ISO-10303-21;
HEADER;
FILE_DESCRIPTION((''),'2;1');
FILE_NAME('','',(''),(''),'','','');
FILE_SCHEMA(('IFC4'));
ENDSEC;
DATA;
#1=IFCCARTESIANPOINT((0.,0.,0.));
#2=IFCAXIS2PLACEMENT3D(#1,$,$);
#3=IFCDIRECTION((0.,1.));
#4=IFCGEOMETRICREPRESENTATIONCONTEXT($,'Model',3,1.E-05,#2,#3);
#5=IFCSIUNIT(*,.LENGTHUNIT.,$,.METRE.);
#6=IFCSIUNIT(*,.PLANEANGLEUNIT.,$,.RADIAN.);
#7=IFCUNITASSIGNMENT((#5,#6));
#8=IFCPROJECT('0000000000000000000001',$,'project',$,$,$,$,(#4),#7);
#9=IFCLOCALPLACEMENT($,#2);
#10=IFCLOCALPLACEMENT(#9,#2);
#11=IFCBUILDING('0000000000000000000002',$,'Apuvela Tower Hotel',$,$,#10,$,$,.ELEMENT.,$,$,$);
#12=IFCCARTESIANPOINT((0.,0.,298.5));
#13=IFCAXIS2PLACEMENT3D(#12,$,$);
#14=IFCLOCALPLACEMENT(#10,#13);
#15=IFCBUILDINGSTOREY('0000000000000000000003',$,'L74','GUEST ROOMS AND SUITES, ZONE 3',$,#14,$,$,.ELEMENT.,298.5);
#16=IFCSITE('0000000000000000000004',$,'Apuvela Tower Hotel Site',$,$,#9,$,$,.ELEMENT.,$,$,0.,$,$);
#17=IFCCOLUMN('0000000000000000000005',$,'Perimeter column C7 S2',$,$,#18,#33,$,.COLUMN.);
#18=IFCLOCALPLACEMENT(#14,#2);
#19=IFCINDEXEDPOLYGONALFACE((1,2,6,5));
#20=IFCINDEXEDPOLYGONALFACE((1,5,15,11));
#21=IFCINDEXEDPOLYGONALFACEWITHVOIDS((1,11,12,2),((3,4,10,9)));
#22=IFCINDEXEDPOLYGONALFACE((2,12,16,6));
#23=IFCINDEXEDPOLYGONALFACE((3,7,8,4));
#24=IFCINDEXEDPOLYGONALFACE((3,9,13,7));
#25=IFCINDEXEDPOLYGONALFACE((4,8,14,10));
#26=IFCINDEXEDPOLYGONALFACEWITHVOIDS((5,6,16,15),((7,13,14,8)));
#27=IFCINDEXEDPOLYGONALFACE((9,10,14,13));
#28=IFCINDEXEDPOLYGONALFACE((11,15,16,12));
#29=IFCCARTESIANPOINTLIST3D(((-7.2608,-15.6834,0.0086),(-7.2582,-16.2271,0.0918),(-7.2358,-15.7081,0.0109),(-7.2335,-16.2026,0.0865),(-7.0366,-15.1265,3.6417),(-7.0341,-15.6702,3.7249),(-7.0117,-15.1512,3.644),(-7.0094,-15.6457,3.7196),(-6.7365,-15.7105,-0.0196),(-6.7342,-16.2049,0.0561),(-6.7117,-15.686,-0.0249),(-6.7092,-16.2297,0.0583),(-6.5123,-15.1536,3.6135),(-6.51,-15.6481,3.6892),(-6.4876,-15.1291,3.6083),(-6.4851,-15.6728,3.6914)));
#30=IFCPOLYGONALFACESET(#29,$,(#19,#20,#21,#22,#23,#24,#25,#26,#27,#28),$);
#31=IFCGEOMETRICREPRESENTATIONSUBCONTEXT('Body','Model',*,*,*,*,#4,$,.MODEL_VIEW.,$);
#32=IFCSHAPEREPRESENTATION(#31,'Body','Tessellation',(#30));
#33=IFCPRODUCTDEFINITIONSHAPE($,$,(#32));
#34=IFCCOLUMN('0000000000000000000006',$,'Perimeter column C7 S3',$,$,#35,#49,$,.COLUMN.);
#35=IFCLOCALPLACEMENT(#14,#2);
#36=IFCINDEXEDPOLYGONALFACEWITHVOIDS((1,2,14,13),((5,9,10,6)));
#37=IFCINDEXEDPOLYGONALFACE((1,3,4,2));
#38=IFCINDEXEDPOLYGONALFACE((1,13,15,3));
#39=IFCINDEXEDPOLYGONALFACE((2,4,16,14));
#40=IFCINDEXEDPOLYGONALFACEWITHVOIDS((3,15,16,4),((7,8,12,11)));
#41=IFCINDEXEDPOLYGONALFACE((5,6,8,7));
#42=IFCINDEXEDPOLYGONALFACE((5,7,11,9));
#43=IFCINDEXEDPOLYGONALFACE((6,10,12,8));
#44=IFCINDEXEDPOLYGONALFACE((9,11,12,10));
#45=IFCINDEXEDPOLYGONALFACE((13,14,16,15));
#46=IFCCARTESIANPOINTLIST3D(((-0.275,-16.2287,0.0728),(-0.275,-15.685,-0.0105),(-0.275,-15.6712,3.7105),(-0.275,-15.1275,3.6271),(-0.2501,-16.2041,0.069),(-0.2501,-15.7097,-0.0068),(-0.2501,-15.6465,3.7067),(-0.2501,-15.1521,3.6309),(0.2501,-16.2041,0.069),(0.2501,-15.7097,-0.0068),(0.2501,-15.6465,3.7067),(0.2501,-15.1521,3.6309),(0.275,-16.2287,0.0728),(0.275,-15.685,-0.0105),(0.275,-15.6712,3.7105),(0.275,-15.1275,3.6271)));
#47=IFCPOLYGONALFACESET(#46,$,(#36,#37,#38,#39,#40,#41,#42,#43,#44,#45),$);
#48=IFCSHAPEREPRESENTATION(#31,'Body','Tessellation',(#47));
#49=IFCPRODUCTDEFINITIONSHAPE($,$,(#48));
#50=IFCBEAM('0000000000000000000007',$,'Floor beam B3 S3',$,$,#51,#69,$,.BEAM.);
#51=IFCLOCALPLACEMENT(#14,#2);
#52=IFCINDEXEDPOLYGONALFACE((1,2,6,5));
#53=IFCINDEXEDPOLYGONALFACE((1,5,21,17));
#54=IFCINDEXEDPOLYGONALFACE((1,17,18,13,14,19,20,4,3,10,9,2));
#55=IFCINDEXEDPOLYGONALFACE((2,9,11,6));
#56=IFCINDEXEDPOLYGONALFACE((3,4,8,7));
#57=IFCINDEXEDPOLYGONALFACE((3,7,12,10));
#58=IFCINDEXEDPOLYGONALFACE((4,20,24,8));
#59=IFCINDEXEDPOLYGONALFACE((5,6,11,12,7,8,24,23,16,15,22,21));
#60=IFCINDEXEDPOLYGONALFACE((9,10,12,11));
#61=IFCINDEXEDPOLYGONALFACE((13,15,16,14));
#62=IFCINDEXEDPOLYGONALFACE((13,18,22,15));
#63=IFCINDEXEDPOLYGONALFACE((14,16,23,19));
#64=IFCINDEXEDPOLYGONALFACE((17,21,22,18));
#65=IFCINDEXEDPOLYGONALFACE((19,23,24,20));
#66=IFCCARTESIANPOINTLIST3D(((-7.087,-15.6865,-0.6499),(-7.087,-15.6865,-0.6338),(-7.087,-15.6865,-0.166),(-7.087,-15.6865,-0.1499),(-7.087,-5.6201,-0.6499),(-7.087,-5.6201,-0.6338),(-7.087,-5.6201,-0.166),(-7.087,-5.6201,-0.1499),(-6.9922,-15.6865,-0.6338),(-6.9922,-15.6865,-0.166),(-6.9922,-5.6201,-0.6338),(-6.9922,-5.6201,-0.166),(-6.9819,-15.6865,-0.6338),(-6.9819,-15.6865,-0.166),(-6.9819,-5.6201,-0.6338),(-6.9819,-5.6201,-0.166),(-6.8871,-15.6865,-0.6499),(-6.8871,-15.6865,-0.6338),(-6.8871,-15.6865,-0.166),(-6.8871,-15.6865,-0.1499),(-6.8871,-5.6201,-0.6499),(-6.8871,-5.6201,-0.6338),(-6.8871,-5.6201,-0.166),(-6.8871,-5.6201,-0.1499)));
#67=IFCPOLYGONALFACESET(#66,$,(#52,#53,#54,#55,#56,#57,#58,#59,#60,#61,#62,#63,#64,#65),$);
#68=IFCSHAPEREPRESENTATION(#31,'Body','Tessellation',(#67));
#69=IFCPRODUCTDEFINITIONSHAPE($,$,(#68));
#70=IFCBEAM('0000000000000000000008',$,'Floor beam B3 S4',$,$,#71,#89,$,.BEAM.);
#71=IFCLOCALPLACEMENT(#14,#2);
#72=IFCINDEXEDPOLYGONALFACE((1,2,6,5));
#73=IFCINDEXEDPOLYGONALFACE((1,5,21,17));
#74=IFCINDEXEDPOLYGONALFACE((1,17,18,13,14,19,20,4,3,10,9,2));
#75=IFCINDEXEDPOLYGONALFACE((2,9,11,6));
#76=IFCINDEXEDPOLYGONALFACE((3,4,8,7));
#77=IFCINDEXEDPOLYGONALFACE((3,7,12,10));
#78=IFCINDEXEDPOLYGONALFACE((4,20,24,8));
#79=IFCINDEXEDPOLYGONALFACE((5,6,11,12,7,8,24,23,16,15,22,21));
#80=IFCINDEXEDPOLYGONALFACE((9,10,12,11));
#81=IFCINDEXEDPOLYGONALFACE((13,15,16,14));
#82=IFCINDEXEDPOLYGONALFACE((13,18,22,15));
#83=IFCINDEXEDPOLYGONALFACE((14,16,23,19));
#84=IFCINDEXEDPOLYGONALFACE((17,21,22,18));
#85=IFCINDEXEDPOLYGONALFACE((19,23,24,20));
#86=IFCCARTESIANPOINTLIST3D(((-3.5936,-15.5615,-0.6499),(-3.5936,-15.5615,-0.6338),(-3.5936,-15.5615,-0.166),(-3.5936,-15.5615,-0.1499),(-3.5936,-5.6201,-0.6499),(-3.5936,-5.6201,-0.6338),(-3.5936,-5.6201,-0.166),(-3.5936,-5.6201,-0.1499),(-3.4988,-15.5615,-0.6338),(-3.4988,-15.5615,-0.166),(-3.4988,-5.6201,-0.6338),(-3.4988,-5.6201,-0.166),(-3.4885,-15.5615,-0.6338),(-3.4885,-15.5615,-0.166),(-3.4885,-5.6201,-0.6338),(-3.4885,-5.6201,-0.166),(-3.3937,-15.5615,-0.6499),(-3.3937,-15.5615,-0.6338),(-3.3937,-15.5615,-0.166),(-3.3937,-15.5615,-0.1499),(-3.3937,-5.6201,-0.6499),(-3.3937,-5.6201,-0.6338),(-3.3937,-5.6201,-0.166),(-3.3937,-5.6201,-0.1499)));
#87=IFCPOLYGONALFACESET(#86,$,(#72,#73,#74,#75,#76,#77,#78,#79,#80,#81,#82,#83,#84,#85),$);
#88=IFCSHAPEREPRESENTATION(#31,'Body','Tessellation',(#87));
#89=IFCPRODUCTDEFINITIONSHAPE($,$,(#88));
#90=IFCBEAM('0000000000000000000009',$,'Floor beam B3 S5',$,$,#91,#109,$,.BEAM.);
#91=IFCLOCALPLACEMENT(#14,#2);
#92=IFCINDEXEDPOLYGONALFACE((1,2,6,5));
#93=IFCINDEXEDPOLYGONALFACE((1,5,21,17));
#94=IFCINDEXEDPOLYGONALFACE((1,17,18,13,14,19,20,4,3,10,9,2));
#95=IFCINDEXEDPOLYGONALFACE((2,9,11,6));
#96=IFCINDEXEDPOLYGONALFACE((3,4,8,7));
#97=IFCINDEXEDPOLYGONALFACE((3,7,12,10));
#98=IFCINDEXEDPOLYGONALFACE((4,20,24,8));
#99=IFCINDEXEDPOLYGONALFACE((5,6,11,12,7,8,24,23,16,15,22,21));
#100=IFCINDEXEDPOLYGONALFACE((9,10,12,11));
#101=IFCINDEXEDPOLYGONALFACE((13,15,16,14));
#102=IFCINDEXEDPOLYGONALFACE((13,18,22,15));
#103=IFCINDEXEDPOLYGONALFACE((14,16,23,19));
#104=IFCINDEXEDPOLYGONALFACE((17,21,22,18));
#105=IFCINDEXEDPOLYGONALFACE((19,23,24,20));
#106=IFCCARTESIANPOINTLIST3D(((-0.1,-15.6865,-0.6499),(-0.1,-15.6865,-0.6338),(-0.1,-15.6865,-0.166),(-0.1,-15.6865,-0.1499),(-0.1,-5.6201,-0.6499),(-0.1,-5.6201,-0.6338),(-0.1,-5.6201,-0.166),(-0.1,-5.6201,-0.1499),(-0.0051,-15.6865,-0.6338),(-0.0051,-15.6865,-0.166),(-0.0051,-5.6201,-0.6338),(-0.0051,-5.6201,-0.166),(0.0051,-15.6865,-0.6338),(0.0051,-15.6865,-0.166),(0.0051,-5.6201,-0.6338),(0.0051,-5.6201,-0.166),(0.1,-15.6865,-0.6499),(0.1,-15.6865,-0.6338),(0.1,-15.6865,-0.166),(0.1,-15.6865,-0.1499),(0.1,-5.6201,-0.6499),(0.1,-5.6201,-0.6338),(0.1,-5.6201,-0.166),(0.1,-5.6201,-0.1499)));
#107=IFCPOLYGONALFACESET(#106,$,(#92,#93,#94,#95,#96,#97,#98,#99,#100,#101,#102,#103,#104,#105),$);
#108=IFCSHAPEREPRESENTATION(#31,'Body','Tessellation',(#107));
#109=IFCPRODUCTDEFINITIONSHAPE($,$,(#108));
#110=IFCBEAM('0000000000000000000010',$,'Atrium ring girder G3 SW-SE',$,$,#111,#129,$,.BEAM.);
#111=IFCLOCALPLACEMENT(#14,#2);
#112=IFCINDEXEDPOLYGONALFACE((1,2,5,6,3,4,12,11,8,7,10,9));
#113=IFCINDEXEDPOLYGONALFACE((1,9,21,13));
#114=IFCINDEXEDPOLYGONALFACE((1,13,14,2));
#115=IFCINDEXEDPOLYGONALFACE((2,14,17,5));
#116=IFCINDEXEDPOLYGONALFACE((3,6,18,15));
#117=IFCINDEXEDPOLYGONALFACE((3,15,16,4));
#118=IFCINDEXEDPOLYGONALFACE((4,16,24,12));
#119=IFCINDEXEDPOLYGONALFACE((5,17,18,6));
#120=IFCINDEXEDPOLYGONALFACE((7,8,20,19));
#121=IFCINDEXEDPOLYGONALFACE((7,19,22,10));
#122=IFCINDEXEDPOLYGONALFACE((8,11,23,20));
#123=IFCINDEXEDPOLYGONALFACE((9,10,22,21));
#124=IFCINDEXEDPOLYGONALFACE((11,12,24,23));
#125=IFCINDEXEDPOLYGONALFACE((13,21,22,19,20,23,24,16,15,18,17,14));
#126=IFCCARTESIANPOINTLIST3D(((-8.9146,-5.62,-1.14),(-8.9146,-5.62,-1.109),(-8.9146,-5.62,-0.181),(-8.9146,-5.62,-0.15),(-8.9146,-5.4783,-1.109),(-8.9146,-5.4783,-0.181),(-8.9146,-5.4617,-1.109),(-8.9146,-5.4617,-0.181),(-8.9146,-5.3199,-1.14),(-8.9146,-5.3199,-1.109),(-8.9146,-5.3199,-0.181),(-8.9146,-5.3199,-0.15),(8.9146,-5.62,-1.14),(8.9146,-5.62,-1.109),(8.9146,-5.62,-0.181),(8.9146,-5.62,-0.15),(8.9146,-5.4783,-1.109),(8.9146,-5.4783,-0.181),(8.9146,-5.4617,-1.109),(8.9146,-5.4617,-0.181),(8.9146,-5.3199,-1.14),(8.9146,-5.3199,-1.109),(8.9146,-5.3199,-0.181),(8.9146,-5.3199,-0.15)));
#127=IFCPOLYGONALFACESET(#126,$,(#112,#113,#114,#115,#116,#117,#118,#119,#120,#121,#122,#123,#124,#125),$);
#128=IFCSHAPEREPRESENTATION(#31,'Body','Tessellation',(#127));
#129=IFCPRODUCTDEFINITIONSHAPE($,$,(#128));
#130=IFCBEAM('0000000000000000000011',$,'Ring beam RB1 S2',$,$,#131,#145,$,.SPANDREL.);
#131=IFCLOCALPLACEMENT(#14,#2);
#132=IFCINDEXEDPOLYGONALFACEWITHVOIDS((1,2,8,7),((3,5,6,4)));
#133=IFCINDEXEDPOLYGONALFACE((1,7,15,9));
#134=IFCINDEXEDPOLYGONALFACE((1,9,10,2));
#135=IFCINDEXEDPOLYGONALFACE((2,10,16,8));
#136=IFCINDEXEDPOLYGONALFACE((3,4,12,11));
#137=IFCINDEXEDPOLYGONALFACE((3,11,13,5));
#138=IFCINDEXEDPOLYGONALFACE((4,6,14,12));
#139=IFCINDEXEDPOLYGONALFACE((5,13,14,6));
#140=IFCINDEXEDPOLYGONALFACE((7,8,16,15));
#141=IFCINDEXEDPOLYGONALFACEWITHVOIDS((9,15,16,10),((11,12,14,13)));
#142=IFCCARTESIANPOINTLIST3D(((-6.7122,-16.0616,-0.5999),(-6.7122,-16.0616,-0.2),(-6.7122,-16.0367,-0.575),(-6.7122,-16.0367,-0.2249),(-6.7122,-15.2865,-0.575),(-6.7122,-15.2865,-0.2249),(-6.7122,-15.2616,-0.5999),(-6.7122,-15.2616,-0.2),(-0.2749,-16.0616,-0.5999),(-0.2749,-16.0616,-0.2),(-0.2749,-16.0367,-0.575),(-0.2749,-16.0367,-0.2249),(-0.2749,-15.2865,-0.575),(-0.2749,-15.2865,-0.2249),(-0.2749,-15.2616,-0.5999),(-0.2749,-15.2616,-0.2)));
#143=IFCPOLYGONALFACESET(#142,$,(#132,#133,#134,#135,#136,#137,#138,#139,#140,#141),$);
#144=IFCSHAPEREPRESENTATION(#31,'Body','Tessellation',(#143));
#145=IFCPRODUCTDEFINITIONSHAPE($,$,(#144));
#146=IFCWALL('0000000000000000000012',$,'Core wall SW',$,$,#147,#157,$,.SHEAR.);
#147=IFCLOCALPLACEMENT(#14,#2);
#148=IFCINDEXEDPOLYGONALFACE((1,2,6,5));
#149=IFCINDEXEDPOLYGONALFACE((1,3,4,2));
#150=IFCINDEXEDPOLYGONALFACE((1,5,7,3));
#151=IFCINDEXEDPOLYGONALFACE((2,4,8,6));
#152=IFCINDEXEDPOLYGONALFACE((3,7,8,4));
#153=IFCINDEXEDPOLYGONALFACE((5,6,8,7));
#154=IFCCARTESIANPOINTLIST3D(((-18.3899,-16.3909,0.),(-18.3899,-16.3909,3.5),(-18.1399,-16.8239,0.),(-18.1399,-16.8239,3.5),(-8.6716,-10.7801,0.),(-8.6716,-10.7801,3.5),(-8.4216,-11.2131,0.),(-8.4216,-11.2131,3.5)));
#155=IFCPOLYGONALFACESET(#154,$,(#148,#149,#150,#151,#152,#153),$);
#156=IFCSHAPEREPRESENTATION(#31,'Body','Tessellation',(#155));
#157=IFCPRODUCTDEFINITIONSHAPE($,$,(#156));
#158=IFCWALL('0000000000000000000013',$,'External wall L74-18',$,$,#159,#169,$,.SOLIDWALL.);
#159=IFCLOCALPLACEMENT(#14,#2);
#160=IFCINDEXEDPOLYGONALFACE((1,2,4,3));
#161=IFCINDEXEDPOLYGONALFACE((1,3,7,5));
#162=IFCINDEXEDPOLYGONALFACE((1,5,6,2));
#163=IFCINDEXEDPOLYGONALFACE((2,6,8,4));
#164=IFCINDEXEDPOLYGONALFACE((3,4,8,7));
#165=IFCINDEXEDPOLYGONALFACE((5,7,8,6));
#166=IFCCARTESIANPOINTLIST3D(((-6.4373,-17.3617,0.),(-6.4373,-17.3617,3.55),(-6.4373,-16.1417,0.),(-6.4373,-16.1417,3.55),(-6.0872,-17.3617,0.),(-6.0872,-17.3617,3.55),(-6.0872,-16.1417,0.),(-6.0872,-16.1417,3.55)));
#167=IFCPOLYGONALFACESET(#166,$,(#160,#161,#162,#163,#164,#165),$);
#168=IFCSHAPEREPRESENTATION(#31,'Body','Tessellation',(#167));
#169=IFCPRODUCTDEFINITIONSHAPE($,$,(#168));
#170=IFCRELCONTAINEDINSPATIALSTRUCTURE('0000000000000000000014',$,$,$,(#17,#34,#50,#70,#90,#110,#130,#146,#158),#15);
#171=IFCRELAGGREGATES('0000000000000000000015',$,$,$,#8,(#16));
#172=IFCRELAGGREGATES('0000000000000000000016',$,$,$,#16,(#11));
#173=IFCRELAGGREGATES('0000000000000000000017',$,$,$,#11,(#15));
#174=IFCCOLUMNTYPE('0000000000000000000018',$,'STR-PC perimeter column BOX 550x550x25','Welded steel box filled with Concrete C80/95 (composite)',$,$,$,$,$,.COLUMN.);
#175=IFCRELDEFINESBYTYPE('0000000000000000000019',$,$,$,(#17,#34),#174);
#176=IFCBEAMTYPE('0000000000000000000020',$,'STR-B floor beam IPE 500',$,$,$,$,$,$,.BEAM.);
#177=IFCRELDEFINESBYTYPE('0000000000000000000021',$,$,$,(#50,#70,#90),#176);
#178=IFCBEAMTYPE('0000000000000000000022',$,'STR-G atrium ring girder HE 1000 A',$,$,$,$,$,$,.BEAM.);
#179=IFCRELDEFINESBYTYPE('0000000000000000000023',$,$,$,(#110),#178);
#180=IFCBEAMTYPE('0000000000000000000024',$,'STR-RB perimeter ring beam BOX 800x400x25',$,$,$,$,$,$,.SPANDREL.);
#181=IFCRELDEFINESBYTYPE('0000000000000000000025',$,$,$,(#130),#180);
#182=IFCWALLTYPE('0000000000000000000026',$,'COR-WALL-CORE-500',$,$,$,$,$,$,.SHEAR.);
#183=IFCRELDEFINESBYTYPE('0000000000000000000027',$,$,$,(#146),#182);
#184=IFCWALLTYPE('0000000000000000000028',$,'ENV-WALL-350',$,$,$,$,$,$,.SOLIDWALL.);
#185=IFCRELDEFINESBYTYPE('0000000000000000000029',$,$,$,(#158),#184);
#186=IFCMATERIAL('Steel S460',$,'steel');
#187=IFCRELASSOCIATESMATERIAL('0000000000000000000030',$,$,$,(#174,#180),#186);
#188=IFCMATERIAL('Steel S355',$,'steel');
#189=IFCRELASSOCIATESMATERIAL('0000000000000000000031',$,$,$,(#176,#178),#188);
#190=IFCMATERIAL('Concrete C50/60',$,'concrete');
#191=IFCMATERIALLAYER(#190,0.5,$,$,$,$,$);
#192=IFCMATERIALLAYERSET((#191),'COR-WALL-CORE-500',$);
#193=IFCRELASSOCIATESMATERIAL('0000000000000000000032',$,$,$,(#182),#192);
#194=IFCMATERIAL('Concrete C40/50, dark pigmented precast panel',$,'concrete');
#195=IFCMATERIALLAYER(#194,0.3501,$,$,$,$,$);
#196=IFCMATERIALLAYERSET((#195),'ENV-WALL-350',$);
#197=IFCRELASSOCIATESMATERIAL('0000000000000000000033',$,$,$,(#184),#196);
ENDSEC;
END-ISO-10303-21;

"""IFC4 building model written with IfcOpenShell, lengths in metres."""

from ifc_helpers import new_model, si_unit, direction, frame, frame_2d, origin, origin_2d, place, context, subcontext, project, spatial, rectangle, hollow_rectangle, i_section, extrude, boolean, halfspace, material, layer, layer_set, material_profile, profile_set, type_object, element, save


model = new_model("IFC4")

# Units and contexts
model_context = context("Model", 3, precision=1e-05, world=origin(), true_north=direction((0.0, 1.0)))
body_context = subcontext(model_context, "Body", "Model", "MODEL_VIEW")
ifc_project = project(units=[si_unit("LENGTHUNIT", "METRE"), si_unit("PLANEANGLEUNIT", "RADIAN")], contexts=[model_context])

# Site, building, storey
site_placement = place(None, origin())
site = spatial("IfcSite", under=ifc_project, at=site_placement, Name="Apuvela Tower Hotel Site", CompositionType="ELEMENT", RefElevation=0.0)
building_placement = place(site_placement, origin())
building = spatial("IfcBuilding", under=site, at=building_placement, Name="Apuvela Tower Hotel", CompositionType="ELEMENT")
storey_placement = place(building_placement, frame((0.0, 0.0, 298.5)))
storey = spatial("IfcBuildingStorey", under=building, at=storey_placement, Name="L74", Description="GUEST ROOMS AND SUITES, ZONE 3", CompositionType="ELEMENT", Elevation=298.5)

# Columns
ifc_material_1 = material(Name="Steel S460", Category="steel")
ifc_material_profile_1 = material_profile(ifc_material_1, hollow_rectangle(XDim=0.55, YDim=0.55, WallThickness=0.0249, at=origin_2d()), Name="BOX 550x550x25")
ifc_material_2 = material(Name="Concrete C80/95", Category="concrete")
ifc_material_profile_2 = material_profile(ifc_material_2, rectangle(XDim=0.5, YDim=0.5, at=origin_2d()), Name="Concrete C80/95 infill")
ifc_profile_set_1 = profile_set([ifc_material_profile_1, ifc_material_profile_2], Name="Steel S460")
column_type = type_object("IfcColumnType", Name="STR-PC perimeter column BOX 550x550x25", Description="Welded steel box filled with Concrete C80/95 (composite)", PredefinedType="COLUMN", material=ifc_profile_set_1)
column_1_placement = place(storey_placement, frame((-6.9871, -15.9617, 0.0), z_axis=(0.06087, 0.151232, 0.986622), x_axis=(-0.998135, 0.004662, 0.060866)))
element("IfcColumn", 1, at=column_1_placement, inside=storey, type_object=column_type, Name="Perimeter column C7 S2", PredefinedType="COLUMN", context=body_context, shape_type="SweptSolid", body=[
    boolean("DIFFERENCE", boolean("DIFFERENCE", extrude(hollow_rectangle(XDim=0.55, YDim=0.55, WallThickness=0.0249, at=origin_2d()), origin(), (0.0, 0.0, 1.0), 3.75), halfspace(frame((0.0, 0.0, 0.0339), z_axis=(0.0, 0.0, 1.0), x_axis=(1.0, 0.0, 0.0)), True)), halfspace(frame((0.0, 0.0, 3.7163), z_axis=(0.0, 0.0, 1.0), x_axis=(1.0, 0.0, 0.0)), False)),
])
column_2_placement = place(storey_placement, frame((0.0, -15.9617, 0.0), z_axis=(0.0, 0.151513, 0.988455), x_axis=(-1.0, 0.0, 0.0)))
element("IfcColumn", 2, at=column_2_placement, inside=storey, type_object=column_type, Name="Perimeter column C7 S3", PredefinedType="COLUMN", context=body_context, shape_type="SweptSolid", body=[
    boolean("DIFFERENCE", boolean("DIFFERENCE", extrude(hollow_rectangle(XDim=0.55, YDim=0.55, WallThickness=0.0249, at=origin_2d()), origin(), (0.0, 0.0, 1.0), 3.7432), halfspace(frame((0.0, 0.0, 0.0315), z_axis=(0.0, 0.0, 1.0), x_axis=(1.0, 0.0, 0.0)), True)), halfspace(frame((0.0, 0.0, 3.7117), z_axis=(0.0, 0.0, 1.0), x_axis=(1.0, 0.0, 0.0)), False)),
])

# Beams
ifc_material_3 = material(Name="Steel S355", Category="steel")
ifc_material_profile_3 = material_profile(ifc_material_3, i_section(OverallWidth=0.2, OverallDepth=0.5, WebThickness=0.0103, FlangeThickness=0.0161, at=origin_2d()), Name="IPE 500")
ifc_profile_set_2 = profile_set([ifc_material_profile_3], Name="Steel S355")
beam_type_1 = type_object("IfcBeamType", Name="STR-B floor beam IPE 500", PredefinedType="BEAM", material=ifc_profile_set_2)
beam_1_placement = place(storey_placement, frame((-6.9871, -15.6865, -0.3999), z_axis=(0.0, 1.0, 0.0), x_axis=(-1.0, 0.0, 0.0)))
element("IfcBeam", 3, at=beam_1_placement, inside=storey, type_object=beam_type_1, Name="Floor beam B3 S3", PredefinedType="BEAM", context=body_context, shape_type="SweptSolid", body=[
    extrude(i_section(OverallWidth=0.2, OverallDepth=0.5, WebThickness=0.0103, FlangeThickness=0.0161, at=origin_2d()), origin(), (0.0, 0.0, 1.0), 10.0664),
])
beam_2_placement = place(storey_placement, frame((-3.4937, -15.5615, -0.3999), z_axis=(0.0, 1.0, 0.0), x_axis=(-1.0, 0.0, 0.0)))
element("IfcBeam", 4, at=beam_2_placement, inside=storey, type_object=beam_type_1, Name="Floor beam B3 S4", PredefinedType="BEAM", context=body_context, shape_type="SweptSolid", body=[
    extrude(i_section(OverallWidth=0.2, OverallDepth=0.5, WebThickness=0.0103, FlangeThickness=0.0161, at=origin_2d()), origin(), (0.0, 0.0, 1.0), 9.9414),
])
beam_3_placement = place(storey_placement, frame((0.0, -15.6865, -0.3999), z_axis=(0.0, 1.0, 0.0), x_axis=(-1.0, 0.0, 0.0)))
element("IfcBeam", 5, at=beam_3_placement, inside=storey, type_object=beam_type_1, Name="Floor beam B3 S5", PredefinedType="BEAM", context=body_context, shape_type="SweptSolid", body=[
    extrude(i_section(OverallWidth=0.2, OverallDepth=0.5, WebThickness=0.0103, FlangeThickness=0.0161, at=origin_2d()), origin(), (0.0, 0.0, 1.0), 10.0664),
])
ifc_material_profile_4 = material_profile(ifc_material_3, i_section(OverallWidth=0.3, OverallDepth=0.99, WebThickness=0.0166, FlangeThickness=0.031, at=origin_2d()), Name="HE 1000 A")
ifc_profile_set_3 = profile_set([ifc_material_profile_4], Name="Steel S355")
beam_type_2 = type_object("IfcBeamType", Name="STR-G atrium ring girder HE 1000 A", PredefinedType="BEAM", material=ifc_profile_set_3)
beam_4_placement = place(storey_placement, frame((-8.9146, -5.47, -0.645), z_axis=(1.0, 0.0, 0.0), x_axis=(0.0, 1.0, 0.0)))
element("IfcBeam", 6, at=beam_4_placement, inside=storey, type_object=beam_type_2, Name="Atrium ring girder G3 SW-SE", PredefinedType="BEAM", context=body_context, shape_type="SweptSolid", body=[
    extrude(i_section(OverallWidth=0.3, OverallDepth=0.99, WebThickness=0.0166, FlangeThickness=0.031, at=origin_2d()), origin(), (0.0, 0.0, 1.0), 17.8291),
])
ifc_material_profile_5 = material_profile(ifc_material_1, hollow_rectangle(XDim=0.8, YDim=0.3999, WallThickness=0.0249, at=origin_2d()), Name="BOX 800x400x25")
ifc_profile_set_4 = profile_set([ifc_material_profile_5], Name="Steel S460")
beam_type_3 = type_object("IfcBeamType", Name="STR-RB perimeter ring beam BOX 800x400x25", PredefinedType="SPANDREL", material=ifc_profile_set_4)
beam_5_placement = place(storey_placement, frame((-6.7122, -15.6616, -0.3999), z_axis=(1.0, 0.0, 0.0), x_axis=(0.0, 1.0, 0.0)))
element("IfcBeam", 7, at=beam_5_placement, inside=storey, type_object=beam_type_3, Name="Ring beam RB1 S2", PredefinedType="SPANDREL", context=body_context, shape_type="SweptSolid", body=[
    extrude(hollow_rectangle(XDim=0.8, YDim=0.3999, WallThickness=0.0249, at=origin_2d()), origin(), (0.0, 0.0, 1.0), 6.4373),
])

# Walls
ifc_material_4 = material(Name="Concrete C50/60", Category="concrete")
ifc_layer_1 = layer(ifc_material_4, 0.5)
ifc_layer_set_1 = layer_set([ifc_layer_1], Name="COR-WALL-CORE-500")
wall_type_1 = type_object("IfcWallType", Name="COR-WALL-CORE-500", PredefinedType="SHEAR", material=ifc_layer_set_1)
wall_1_placement = place(storey_placement, frame((-8.5466, -10.9966, 0.0), z_axis=(0.0, 0.0, 1.0), x_axis=(-0.866025, -0.5, 0.0)))
element("IfcWall", 8, at=wall_1_placement, inside=storey, type_object=wall_type_1, Name="Core wall SW", PredefinedType="SHEAR", context=body_context, shape_type="SweptSolid", body=[
    extrude(rectangle(XDim=11.2217, YDim=0.5, at=frame_2d((5.6108, 0.0))), origin(), (0.0, 0.0, 1.0), 3.5),
])
ifc_material_5 = material(Name="Concrete C40/50, dark pigmented precast panel", Category="concrete")
ifc_layer_2 = layer(ifc_material_5, 0.3501)
ifc_layer_set_2 = layer_set([ifc_layer_2], Name="ENV-WALL-350")
wall_type_2 = type_object("IfcWallType", Name="ENV-WALL-350", PredefinedType="SOLIDWALL", material=ifc_layer_set_2)
wall_2_placement = place(storey_placement, frame((-6.2622, -17.3616, 0.0), z_axis=(0.0, 0.0, 1.0), x_axis=(0.0, 1.0, 0.0)))
element("IfcWall", 9, at=wall_2_placement, inside=storey, type_object=wall_type_2, Name="External wall L74-18", PredefinedType="SOLIDWALL", context=body_context, shape_type="SweptSolid", body=[
    extrude(rectangle(XDim=1.22, YDim=0.3501, at=frame_2d((0.6099, 0.0))), origin(), (0.0, 0.0, 1.0), 3.55),
])

save(model, "model.ifc")
